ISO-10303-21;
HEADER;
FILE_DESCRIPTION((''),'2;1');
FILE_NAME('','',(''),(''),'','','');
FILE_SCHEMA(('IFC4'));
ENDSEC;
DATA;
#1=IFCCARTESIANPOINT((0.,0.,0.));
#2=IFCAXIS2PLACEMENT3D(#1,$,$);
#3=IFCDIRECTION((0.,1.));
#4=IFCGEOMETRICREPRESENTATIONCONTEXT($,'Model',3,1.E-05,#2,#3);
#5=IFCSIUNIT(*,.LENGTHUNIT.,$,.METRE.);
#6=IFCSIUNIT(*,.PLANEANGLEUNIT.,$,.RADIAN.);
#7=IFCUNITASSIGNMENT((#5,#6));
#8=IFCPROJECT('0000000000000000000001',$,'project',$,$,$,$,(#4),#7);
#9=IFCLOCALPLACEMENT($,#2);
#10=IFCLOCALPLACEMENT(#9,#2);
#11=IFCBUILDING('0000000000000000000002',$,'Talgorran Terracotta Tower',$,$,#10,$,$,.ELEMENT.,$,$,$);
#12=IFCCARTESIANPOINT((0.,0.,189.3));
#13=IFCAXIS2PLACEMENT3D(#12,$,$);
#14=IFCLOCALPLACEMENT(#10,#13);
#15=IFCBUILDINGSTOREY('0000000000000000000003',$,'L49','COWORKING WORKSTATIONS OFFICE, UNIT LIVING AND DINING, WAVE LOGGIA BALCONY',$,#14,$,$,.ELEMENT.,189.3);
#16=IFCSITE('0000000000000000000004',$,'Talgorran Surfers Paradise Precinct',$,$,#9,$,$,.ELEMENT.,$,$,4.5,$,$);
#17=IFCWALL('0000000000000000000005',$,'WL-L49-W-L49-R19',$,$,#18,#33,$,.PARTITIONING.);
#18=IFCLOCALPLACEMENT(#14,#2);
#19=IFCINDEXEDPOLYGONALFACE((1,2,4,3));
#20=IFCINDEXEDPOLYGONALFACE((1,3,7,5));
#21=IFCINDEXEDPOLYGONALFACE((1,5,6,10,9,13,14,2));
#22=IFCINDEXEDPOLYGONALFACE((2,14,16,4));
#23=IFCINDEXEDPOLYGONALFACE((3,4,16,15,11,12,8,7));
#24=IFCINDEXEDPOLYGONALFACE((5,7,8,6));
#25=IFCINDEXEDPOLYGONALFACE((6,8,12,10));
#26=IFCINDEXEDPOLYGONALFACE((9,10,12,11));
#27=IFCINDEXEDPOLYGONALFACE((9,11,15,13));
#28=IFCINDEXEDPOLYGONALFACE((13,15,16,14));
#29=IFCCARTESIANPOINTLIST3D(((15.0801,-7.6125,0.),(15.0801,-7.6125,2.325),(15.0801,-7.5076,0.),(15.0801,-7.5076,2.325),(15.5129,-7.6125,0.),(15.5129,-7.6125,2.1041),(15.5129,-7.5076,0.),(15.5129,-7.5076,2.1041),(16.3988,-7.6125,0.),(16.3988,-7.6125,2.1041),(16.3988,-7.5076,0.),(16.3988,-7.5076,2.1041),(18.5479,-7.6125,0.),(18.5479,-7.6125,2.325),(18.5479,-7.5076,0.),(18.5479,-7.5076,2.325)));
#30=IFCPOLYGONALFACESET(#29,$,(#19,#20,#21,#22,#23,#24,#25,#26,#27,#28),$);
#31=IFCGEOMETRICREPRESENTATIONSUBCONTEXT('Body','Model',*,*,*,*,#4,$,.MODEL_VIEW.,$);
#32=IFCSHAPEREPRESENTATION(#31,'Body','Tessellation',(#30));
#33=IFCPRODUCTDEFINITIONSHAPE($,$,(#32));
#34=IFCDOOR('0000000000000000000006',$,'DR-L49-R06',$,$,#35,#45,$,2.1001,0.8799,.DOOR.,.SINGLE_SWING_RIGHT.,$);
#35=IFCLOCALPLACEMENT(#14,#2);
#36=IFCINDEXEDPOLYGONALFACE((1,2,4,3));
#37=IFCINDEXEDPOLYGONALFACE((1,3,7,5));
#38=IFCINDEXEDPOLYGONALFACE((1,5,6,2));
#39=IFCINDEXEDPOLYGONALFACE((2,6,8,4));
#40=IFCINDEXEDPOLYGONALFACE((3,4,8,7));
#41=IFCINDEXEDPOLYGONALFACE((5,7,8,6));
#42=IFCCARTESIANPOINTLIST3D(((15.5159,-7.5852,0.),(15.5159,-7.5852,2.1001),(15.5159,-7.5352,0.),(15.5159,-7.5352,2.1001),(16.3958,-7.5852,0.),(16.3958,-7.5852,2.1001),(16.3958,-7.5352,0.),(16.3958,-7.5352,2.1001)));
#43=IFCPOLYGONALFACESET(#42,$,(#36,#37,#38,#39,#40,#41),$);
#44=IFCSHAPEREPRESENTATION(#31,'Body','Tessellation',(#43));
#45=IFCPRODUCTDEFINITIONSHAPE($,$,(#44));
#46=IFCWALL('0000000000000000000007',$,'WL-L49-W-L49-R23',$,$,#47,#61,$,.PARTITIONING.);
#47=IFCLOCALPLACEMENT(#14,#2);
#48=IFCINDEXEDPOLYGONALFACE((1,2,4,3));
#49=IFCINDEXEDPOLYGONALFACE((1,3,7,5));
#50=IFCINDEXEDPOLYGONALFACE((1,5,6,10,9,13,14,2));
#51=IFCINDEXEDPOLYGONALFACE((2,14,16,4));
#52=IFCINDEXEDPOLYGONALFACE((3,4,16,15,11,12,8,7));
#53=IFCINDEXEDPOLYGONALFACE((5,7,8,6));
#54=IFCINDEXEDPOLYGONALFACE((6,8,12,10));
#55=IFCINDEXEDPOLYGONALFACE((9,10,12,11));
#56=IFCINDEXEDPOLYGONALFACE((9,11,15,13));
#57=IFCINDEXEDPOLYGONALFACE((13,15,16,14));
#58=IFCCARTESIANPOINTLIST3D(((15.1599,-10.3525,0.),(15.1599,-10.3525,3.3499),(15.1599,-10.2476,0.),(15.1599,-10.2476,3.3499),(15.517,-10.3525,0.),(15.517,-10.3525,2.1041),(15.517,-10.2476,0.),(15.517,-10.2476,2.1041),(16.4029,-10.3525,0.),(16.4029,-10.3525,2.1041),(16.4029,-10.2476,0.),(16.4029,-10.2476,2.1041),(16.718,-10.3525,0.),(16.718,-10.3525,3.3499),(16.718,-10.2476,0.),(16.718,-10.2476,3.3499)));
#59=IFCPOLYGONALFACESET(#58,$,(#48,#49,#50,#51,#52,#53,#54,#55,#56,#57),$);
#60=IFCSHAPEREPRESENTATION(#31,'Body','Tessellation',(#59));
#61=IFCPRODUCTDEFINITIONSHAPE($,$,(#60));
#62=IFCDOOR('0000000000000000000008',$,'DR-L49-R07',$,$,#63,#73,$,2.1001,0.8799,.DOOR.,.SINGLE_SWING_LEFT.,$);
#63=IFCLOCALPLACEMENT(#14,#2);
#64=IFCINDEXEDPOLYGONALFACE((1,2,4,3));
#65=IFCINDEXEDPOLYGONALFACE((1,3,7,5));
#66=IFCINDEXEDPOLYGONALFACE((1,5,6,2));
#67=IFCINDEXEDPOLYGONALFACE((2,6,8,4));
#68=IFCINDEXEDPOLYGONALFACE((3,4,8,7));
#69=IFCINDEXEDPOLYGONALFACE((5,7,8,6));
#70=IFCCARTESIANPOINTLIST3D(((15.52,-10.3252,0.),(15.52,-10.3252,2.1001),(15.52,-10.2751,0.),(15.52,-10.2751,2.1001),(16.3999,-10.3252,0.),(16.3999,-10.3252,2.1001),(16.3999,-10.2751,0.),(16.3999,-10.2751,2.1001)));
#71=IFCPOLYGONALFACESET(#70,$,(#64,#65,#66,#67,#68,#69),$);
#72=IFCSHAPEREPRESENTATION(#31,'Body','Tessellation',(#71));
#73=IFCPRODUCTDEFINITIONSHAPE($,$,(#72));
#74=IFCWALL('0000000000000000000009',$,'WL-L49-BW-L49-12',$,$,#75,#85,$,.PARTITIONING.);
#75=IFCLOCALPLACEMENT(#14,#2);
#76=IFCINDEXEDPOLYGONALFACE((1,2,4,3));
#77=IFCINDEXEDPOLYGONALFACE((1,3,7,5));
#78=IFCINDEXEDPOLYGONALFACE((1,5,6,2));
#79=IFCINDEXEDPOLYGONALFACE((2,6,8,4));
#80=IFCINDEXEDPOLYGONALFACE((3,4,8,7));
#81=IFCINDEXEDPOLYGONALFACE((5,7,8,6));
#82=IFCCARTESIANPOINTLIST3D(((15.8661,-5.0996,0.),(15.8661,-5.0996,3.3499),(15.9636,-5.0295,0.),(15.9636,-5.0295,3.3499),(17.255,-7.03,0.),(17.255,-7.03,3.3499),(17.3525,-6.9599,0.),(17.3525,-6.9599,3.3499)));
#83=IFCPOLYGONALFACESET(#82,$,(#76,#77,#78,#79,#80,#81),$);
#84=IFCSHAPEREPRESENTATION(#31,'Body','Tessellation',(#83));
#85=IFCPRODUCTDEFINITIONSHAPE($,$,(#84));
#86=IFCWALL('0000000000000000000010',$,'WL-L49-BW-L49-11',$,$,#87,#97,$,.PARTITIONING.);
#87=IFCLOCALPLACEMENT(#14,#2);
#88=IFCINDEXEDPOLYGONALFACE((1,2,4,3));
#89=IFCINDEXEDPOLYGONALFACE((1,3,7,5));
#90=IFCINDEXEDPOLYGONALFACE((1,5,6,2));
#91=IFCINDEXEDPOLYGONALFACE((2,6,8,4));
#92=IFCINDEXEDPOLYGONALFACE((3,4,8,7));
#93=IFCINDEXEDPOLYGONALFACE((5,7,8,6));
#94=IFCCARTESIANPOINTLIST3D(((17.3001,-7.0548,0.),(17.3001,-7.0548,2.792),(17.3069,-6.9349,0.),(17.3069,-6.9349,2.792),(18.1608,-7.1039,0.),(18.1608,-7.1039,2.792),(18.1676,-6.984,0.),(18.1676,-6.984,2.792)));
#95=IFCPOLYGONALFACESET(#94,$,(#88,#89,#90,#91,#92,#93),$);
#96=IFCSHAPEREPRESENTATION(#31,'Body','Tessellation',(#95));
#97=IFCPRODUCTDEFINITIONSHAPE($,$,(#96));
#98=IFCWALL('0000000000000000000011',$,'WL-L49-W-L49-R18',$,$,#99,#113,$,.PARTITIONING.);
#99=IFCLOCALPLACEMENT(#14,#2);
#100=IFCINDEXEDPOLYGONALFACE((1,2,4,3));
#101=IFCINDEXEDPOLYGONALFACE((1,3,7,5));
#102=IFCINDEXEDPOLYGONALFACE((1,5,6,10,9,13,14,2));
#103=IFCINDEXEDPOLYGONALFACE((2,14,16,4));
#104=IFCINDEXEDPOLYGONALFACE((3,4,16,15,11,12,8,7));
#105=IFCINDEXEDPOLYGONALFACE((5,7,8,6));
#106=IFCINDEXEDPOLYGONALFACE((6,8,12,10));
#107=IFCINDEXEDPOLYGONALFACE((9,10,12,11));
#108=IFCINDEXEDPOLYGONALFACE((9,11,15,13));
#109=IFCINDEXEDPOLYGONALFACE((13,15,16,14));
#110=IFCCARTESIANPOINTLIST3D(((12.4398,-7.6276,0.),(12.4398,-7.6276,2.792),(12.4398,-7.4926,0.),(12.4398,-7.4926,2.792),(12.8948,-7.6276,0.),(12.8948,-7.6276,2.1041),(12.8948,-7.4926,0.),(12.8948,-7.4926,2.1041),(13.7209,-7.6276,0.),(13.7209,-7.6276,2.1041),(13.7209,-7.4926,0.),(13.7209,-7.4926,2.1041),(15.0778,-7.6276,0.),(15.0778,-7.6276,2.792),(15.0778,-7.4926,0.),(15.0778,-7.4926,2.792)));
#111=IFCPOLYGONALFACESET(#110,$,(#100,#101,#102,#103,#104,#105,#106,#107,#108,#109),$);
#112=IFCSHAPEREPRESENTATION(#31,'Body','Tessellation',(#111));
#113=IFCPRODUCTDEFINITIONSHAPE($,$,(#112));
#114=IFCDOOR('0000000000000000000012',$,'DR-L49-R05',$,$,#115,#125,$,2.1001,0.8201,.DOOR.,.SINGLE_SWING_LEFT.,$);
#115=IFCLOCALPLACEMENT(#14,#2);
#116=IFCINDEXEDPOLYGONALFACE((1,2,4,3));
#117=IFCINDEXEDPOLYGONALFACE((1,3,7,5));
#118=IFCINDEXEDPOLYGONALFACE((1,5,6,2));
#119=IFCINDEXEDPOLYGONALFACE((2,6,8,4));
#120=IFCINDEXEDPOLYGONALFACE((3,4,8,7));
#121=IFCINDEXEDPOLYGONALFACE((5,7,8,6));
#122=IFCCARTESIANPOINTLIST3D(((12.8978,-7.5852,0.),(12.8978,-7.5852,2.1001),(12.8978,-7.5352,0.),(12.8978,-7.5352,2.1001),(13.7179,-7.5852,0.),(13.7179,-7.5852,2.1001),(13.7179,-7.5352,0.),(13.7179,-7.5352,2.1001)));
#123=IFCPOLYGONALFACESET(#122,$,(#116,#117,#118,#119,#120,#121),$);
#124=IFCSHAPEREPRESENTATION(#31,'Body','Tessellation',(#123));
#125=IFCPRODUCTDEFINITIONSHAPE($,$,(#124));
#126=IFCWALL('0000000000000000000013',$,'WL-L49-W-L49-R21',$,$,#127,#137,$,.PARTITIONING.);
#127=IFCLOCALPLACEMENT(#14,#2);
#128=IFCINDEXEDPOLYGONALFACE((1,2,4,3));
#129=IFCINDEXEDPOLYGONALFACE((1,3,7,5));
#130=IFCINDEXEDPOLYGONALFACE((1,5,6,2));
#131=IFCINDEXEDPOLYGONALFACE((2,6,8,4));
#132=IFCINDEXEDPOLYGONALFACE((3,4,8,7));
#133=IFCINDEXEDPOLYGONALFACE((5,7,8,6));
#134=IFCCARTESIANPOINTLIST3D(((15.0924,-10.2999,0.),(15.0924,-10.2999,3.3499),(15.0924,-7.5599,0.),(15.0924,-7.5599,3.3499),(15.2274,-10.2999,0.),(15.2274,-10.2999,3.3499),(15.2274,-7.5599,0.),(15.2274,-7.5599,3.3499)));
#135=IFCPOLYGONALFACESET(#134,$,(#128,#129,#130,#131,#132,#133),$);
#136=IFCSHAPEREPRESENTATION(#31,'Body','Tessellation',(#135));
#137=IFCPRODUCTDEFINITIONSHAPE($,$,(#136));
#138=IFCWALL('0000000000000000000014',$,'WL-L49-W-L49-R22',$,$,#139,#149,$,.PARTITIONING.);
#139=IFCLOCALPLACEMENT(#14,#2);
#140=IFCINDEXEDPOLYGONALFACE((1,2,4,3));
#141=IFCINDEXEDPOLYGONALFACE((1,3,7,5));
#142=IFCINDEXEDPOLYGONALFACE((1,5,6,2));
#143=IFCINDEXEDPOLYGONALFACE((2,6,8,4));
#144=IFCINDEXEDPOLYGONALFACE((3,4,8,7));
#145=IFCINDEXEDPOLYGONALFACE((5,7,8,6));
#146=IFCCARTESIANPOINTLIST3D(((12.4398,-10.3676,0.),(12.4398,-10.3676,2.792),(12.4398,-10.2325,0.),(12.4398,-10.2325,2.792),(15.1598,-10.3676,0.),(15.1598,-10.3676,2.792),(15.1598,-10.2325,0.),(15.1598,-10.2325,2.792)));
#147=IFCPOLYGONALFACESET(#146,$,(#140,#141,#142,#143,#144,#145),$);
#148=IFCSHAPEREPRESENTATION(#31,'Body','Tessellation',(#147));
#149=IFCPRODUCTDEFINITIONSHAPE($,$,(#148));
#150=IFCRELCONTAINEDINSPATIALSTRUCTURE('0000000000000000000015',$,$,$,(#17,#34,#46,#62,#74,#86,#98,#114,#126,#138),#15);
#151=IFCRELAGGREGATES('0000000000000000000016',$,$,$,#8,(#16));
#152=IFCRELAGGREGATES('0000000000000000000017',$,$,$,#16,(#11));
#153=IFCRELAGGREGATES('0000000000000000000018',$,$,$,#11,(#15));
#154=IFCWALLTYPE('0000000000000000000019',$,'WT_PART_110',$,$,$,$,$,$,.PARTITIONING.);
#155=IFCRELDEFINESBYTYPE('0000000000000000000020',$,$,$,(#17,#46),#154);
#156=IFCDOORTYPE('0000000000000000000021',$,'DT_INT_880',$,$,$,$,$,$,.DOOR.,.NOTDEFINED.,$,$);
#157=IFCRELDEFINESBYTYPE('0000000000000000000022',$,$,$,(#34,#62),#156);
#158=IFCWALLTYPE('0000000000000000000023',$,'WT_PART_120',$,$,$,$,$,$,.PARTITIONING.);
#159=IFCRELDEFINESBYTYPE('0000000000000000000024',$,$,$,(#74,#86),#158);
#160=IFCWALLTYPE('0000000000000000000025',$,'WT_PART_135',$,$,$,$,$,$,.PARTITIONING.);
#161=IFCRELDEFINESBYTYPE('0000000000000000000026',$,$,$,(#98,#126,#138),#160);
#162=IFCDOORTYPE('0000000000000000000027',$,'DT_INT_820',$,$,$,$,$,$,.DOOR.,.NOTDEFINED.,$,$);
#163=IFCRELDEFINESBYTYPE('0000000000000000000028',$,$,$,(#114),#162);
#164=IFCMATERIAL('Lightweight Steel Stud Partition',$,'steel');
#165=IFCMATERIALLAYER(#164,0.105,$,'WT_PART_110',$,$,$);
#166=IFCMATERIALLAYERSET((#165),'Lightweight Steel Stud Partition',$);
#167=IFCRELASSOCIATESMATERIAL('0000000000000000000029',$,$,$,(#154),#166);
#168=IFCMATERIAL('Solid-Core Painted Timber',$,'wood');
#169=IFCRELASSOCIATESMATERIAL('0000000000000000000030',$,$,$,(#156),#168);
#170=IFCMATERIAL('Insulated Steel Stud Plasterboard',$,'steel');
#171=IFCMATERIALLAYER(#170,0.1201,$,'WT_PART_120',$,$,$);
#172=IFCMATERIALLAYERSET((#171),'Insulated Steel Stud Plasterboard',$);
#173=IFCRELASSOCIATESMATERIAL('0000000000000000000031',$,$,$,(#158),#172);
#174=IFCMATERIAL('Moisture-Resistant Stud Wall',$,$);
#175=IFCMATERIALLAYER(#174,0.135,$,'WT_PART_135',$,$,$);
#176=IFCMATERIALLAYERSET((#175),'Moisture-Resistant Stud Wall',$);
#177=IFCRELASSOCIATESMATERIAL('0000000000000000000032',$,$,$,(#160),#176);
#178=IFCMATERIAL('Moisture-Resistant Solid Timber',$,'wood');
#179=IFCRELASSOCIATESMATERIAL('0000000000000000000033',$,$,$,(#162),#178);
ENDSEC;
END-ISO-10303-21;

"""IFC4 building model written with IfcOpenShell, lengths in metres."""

from ifc_helpers import new_model, si_unit, direction, frame, frame_2d, origin, place, context, subcontext, project, spatial, rectangle, extrude, material, layer, layer_set, type_object, element, fill, save


model = new_model("IFC4")

# Units and contexts
model_context = context("Model", 3, precision=1e-05, world=origin(), true_north=direction((0.0, 1.0)))
body_context = subcontext(model_context, "Body", "Model", "MODEL_VIEW")
ifc_project = project(units=[si_unit("LENGTHUNIT", "METRE"), si_unit("PLANEANGLEUNIT", "RADIAN")], contexts=[model_context])

# Site, building, storey
site_placement = place(None, origin())
site = spatial("IfcSite", under=ifc_project, at=site_placement, Name="Talgorran Surfers Paradise Precinct", CompositionType="ELEMENT", RefElevation=4.5)
building_placement = place(site_placement, origin())
building = spatial("IfcBuilding", under=site, at=building_placement, Name="Talgorran Terracotta Tower", CompositionType="ELEMENT")
storey_placement = place(building_placement, frame((0.0, 0.0, 189.3)))
storey = spatial("IfcBuildingStorey", under=building, at=storey_placement, Name="L49", Description="COWORKING WORKSTATIONS OFFICE, UNIT LIVING AND DINING, WAVE LOGGIA BALCONY", CompositionType="ELEMENT", Elevation=189.3)

# Shared definitions
ifc_material_1 = material(Name="Lightweight Steel Stud Partition", Category="steel")
ifc_layer_1 = layer(ifc_material_1, 0.105, Name="WT_PART_110")
ifc_layer_set_1 = layer_set([ifc_layer_1], Name="Lightweight Steel Stud Partition")
wall_type_1 = type_object("IfcWallType", Name="WT_PART_110", PredefinedType="PARTITIONING", material=ifc_layer_set_1)

# Walls, openings, doors
wall_1_placement = place(storey_placement, frame((15.0801, -7.5601, 0.0), z_axis=(0.0, 0.0, 1.0), x_axis=(1.0, 0.0, 0.0)))
wall_1 = element("IfcWall", 1, at=wall_1_placement, inside=storey, type_object=wall_type_1, Name="WL-L49-W-L49-R19", PredefinedType="PARTITIONING", context=body_context, shape_type="SweptSolid", body=[
    extrude(rectangle(XDim=3.4678, YDim=0.105, at=frame_2d((1.7339, 0.0))), origin(), (0.0, 0.0, 1.0), 2.325),
])
opening_1_placement = place(wall_1_placement, frame((0.4358, 0.0, 0.0)))
opening_1 = element("IfcOpeningElement", 2, at=opening_1_placement, cuts=wall_1, PredefinedType="OPENING", context=body_context, shape_type="SweptSolid", body=[
    extrude(rectangle(XDim=0.8859, YDim=2.1041, at=frame_2d((0.4399, 1.052))), frame((0.0, 0.0625, 0.0), z_axis=(0.0, -1.0, 0.0), x_axis=(1.0, 0.0, 0.0)), (0.0, 0.0, 1.0), 0.125),
])
ifc_material_2 = material(Name="Solid-Core Painted Timber", Category="wood")
door_type_1 = type_object("IfcDoorType", Name="DT_INT_880", OperationType="NOTDEFINED", PredefinedType="DOOR", material=ifc_material_2)
door_1_placement = place(opening_1_placement, origin())
door_1 = element("IfcDoor", 3, at=door_1_placement, inside=storey, type_object=door_type_1, Name="DR-L49-R06", OperationType="SINGLE_SWING_RIGHT", OverallHeight=2.1001, OverallWidth=0.8799, PredefinedType="DOOR", context=body_context, shape_type="SweptSolid", body=[
    extrude(rectangle(XDim=0.8799, YDim=2.1001, at=frame_2d((0.4399, 1.05))), frame((0.0, 0.0249, 0.0), z_axis=(0.0, -1.0, 0.0), x_axis=(1.0, 0.0, 0.0)), (0.0, 0.0, 1.0), 0.05),
])
fill(opening_1, door_1)
wall_2_placement = place(storey_placement, frame((15.1599, -10.3, 0.0), z_axis=(0.0, 0.0, 1.0), x_axis=(1.0, 0.0, 0.0)))
wall_2 = element("IfcWall", 4, at=wall_2_placement, inside=storey, type_object=wall_type_1, Name="WL-L49-W-L49-R23", PredefinedType="PARTITIONING", context=body_context, shape_type="SweptSolid", body=[
    extrude(rectangle(XDim=1.5581, YDim=0.105, at=frame_2d((0.7791, 0.0))), origin(), (0.0, 0.0, 1.0), 3.3499),
])
opening_2_placement = place(wall_2_placement, frame((0.3601, 0.0, 0.0)))
opening_2 = element("IfcOpeningElement", 5, at=opening_2_placement, cuts=wall_2, PredefinedType="OPENING", context=body_context, shape_type="SweptSolid", body=[
    extrude(rectangle(XDim=0.8859, YDim=2.1041, at=frame_2d((0.4399, 1.052))), frame((0.0, 0.0625, 0.0), z_axis=(0.0, -1.0, 0.0), x_axis=(1.0, 0.0, 0.0)), (0.0, 0.0, 1.0), 0.125),
])
door_2_placement = place(opening_2_placement, origin())
door_2 = element("IfcDoor", 6, at=door_2_placement, inside=storey, type_object=door_type_1, Name="DR-L49-R07", OperationType="SINGLE_SWING_LEFT", OverallHeight=2.1001, OverallWidth=0.8799, PredefinedType="DOOR", context=body_context, shape_type="SweptSolid", body=[
    extrude(rectangle(XDim=0.8799, YDim=2.1001, at=frame_2d((0.4399, 1.05))), frame((0.0, 0.0249, 0.0), z_axis=(0.0, -1.0, 0.0), x_axis=(1.0, 0.0, 0.0)), (0.0, 0.0, 1.0), 0.05),
])
fill(opening_2, door_2)

# Walls
ifc_material_3 = material(Name="Insulated Steel Stud Plasterboard", Category="steel")
ifc_layer_2 = layer(ifc_material_3, 0.1201, Name="WT_PART_120")
ifc_layer_set_2 = layer_set([ifc_layer_2], Name="Insulated Steel Stud Plasterboard")
wall_type_2 = type_object("IfcWallType", Name="WT_PART_120", PredefinedType="PARTITIONING", material=ifc_layer_set_2)
wall_3_placement = place(storey_placement, frame((17.3037, -6.9949, 0.0), z_axis=(0.0, 0.0, 1.0), x_axis=(-0.584032, 0.811731, 0.0)))
element("IfcWall", 7, at=wall_3_placement, inside=storey, type_object=wall_type_2, Name="WL-L49-BW-L49-12", PredefinedType="PARTITIONING", context=body_context, shape_type="SweptSolid", body=[
    extrude(rectangle(XDim=2.3782, YDim=0.1201, at=frame_2d((1.189, 0.0))), origin(), (0.0, 0.0, 1.0), 3.3499),
])
wall_4_placement = place(storey_placement, frame((18.1643, -7.0439, 0.0), z_axis=(0.0, 0.0, 1.0), x_axis=(-0.998378, 0.056929, 0.0)))
element("IfcWall", 8, at=wall_4_placement, inside=storey, type_object=wall_type_2, Name="WL-L49-BW-L49-11", PredefinedType="PARTITIONING", context=body_context, shape_type="SweptSolid", body=[
    extrude(rectangle(XDim=0.8621, YDim=0.1201, at=frame_2d((0.4312, 0.0))), origin(), (0.0, 0.0, 1.0), 2.792),
])

# Wall, opening, door
ifc_material_4 = material(Name="Moisture-Resistant Stud Wall")
ifc_layer_3 = layer(ifc_material_4, 0.135, Name="WT_PART_135")
ifc_layer_set_3 = layer_set([ifc_layer_3], Name="Moisture-Resistant Stud Wall")
wall_type_3 = type_object("IfcWallType", Name="WT_PART_135", PredefinedType="PARTITIONING", material=ifc_layer_set_3)
wall_5_placement = place(storey_placement, frame((12.4399, -7.5601, 0.0), z_axis=(0.0, 0.0, 1.0), x_axis=(1.0, 0.0, 0.0)))
wall_5 = element("IfcWall", 9, at=wall_5_placement, inside=storey, type_object=wall_type_3, Name="WL-L49-W-L49-R18", PredefinedType="PARTITIONING", context=body_context, shape_type="SweptSolid", body=[
    extrude(rectangle(XDim=2.6379, YDim=0.135, at=frame_2d((1.3188, 0.0))), origin(), (0.0, 0.0, 1.0), 2.792),
])
opening_3_placement = place(wall_5_placement, frame((0.4578, 0.0, 0.0)))
opening_3 = element("IfcOpeningElement", 10, at=opening_3_placement, cuts=wall_5, PredefinedType="OPENING", context=body_context, shape_type="SweptSolid", body=[
    extrude(rectangle(XDim=0.8261, YDim=2.1041, at=frame_2d((0.4102, 1.052))), frame((0.0, 0.0776, 0.0), z_axis=(0.0, -1.0, 0.0), x_axis=(1.0, 0.0, 0.0)), (0.0, 0.0, 1.0), 0.155),
])
ifc_material_5 = material(Name="Moisture-Resistant Solid Timber", Category="wood")
door_type_2 = type_object("IfcDoorType", Name="DT_INT_820", OperationType="NOTDEFINED", PredefinedType="DOOR", material=ifc_material_5)
door_3_placement = place(opening_3_placement, origin())
door_3 = element("IfcDoor", 11, at=door_3_placement, inside=storey, type_object=door_type_2, Name="DR-L49-R05", OperationType="SINGLE_SWING_LEFT", OverallHeight=2.1001, OverallWidth=0.8201, PredefinedType="DOOR", context=body_context, shape_type="SweptSolid", body=[
    extrude(rectangle(XDim=0.8201, YDim=2.1001, at=frame_2d((0.4102, 1.05))), frame((0.0, 0.0249, 0.0), z_axis=(0.0, -1.0, 0.0), x_axis=(1.0, 0.0, 0.0)), (0.0, 0.0, 1.0), 0.05),
])
fill(opening_3, door_3)

# Walls
wall_6_placement = place(storey_placement, frame((15.1599, -10.3, 0.0), z_axis=(0.0, 0.0, 1.0), x_axis=(0.0, 1.0, 0.0)))
element("IfcWall", 12, at=wall_6_placement, inside=storey, type_object=wall_type_3, Name="WL-L49-W-L49-R21", PredefinedType="PARTITIONING", context=body_context, shape_type="SweptSolid", body=[
    extrude(rectangle(XDim=2.74, YDim=0.135, at=frame_2d((1.3701, 0.0))), origin(), (0.0, 0.0, 1.0), 3.3499),
])
wall_7_placement = place(storey_placement, frame((12.4399, -10.3, 0.0), z_axis=(0.0, 0.0, 1.0), x_axis=(1.0, 0.0, 0.0)))
element("IfcWall", 13, at=wall_7_placement, inside=storey, type_object=wall_type_3, Name="WL-L49-W-L49-R22", PredefinedType="PARTITIONING", context=body_context, shape_type="SweptSolid", body=[
    extrude(rectangle(XDim=2.72, YDim=0.135, at=frame_2d((1.3599, 0.0))), origin(), (0.0, 0.0, 1.0), 2.792),
])

save(model, "model.ifc")
